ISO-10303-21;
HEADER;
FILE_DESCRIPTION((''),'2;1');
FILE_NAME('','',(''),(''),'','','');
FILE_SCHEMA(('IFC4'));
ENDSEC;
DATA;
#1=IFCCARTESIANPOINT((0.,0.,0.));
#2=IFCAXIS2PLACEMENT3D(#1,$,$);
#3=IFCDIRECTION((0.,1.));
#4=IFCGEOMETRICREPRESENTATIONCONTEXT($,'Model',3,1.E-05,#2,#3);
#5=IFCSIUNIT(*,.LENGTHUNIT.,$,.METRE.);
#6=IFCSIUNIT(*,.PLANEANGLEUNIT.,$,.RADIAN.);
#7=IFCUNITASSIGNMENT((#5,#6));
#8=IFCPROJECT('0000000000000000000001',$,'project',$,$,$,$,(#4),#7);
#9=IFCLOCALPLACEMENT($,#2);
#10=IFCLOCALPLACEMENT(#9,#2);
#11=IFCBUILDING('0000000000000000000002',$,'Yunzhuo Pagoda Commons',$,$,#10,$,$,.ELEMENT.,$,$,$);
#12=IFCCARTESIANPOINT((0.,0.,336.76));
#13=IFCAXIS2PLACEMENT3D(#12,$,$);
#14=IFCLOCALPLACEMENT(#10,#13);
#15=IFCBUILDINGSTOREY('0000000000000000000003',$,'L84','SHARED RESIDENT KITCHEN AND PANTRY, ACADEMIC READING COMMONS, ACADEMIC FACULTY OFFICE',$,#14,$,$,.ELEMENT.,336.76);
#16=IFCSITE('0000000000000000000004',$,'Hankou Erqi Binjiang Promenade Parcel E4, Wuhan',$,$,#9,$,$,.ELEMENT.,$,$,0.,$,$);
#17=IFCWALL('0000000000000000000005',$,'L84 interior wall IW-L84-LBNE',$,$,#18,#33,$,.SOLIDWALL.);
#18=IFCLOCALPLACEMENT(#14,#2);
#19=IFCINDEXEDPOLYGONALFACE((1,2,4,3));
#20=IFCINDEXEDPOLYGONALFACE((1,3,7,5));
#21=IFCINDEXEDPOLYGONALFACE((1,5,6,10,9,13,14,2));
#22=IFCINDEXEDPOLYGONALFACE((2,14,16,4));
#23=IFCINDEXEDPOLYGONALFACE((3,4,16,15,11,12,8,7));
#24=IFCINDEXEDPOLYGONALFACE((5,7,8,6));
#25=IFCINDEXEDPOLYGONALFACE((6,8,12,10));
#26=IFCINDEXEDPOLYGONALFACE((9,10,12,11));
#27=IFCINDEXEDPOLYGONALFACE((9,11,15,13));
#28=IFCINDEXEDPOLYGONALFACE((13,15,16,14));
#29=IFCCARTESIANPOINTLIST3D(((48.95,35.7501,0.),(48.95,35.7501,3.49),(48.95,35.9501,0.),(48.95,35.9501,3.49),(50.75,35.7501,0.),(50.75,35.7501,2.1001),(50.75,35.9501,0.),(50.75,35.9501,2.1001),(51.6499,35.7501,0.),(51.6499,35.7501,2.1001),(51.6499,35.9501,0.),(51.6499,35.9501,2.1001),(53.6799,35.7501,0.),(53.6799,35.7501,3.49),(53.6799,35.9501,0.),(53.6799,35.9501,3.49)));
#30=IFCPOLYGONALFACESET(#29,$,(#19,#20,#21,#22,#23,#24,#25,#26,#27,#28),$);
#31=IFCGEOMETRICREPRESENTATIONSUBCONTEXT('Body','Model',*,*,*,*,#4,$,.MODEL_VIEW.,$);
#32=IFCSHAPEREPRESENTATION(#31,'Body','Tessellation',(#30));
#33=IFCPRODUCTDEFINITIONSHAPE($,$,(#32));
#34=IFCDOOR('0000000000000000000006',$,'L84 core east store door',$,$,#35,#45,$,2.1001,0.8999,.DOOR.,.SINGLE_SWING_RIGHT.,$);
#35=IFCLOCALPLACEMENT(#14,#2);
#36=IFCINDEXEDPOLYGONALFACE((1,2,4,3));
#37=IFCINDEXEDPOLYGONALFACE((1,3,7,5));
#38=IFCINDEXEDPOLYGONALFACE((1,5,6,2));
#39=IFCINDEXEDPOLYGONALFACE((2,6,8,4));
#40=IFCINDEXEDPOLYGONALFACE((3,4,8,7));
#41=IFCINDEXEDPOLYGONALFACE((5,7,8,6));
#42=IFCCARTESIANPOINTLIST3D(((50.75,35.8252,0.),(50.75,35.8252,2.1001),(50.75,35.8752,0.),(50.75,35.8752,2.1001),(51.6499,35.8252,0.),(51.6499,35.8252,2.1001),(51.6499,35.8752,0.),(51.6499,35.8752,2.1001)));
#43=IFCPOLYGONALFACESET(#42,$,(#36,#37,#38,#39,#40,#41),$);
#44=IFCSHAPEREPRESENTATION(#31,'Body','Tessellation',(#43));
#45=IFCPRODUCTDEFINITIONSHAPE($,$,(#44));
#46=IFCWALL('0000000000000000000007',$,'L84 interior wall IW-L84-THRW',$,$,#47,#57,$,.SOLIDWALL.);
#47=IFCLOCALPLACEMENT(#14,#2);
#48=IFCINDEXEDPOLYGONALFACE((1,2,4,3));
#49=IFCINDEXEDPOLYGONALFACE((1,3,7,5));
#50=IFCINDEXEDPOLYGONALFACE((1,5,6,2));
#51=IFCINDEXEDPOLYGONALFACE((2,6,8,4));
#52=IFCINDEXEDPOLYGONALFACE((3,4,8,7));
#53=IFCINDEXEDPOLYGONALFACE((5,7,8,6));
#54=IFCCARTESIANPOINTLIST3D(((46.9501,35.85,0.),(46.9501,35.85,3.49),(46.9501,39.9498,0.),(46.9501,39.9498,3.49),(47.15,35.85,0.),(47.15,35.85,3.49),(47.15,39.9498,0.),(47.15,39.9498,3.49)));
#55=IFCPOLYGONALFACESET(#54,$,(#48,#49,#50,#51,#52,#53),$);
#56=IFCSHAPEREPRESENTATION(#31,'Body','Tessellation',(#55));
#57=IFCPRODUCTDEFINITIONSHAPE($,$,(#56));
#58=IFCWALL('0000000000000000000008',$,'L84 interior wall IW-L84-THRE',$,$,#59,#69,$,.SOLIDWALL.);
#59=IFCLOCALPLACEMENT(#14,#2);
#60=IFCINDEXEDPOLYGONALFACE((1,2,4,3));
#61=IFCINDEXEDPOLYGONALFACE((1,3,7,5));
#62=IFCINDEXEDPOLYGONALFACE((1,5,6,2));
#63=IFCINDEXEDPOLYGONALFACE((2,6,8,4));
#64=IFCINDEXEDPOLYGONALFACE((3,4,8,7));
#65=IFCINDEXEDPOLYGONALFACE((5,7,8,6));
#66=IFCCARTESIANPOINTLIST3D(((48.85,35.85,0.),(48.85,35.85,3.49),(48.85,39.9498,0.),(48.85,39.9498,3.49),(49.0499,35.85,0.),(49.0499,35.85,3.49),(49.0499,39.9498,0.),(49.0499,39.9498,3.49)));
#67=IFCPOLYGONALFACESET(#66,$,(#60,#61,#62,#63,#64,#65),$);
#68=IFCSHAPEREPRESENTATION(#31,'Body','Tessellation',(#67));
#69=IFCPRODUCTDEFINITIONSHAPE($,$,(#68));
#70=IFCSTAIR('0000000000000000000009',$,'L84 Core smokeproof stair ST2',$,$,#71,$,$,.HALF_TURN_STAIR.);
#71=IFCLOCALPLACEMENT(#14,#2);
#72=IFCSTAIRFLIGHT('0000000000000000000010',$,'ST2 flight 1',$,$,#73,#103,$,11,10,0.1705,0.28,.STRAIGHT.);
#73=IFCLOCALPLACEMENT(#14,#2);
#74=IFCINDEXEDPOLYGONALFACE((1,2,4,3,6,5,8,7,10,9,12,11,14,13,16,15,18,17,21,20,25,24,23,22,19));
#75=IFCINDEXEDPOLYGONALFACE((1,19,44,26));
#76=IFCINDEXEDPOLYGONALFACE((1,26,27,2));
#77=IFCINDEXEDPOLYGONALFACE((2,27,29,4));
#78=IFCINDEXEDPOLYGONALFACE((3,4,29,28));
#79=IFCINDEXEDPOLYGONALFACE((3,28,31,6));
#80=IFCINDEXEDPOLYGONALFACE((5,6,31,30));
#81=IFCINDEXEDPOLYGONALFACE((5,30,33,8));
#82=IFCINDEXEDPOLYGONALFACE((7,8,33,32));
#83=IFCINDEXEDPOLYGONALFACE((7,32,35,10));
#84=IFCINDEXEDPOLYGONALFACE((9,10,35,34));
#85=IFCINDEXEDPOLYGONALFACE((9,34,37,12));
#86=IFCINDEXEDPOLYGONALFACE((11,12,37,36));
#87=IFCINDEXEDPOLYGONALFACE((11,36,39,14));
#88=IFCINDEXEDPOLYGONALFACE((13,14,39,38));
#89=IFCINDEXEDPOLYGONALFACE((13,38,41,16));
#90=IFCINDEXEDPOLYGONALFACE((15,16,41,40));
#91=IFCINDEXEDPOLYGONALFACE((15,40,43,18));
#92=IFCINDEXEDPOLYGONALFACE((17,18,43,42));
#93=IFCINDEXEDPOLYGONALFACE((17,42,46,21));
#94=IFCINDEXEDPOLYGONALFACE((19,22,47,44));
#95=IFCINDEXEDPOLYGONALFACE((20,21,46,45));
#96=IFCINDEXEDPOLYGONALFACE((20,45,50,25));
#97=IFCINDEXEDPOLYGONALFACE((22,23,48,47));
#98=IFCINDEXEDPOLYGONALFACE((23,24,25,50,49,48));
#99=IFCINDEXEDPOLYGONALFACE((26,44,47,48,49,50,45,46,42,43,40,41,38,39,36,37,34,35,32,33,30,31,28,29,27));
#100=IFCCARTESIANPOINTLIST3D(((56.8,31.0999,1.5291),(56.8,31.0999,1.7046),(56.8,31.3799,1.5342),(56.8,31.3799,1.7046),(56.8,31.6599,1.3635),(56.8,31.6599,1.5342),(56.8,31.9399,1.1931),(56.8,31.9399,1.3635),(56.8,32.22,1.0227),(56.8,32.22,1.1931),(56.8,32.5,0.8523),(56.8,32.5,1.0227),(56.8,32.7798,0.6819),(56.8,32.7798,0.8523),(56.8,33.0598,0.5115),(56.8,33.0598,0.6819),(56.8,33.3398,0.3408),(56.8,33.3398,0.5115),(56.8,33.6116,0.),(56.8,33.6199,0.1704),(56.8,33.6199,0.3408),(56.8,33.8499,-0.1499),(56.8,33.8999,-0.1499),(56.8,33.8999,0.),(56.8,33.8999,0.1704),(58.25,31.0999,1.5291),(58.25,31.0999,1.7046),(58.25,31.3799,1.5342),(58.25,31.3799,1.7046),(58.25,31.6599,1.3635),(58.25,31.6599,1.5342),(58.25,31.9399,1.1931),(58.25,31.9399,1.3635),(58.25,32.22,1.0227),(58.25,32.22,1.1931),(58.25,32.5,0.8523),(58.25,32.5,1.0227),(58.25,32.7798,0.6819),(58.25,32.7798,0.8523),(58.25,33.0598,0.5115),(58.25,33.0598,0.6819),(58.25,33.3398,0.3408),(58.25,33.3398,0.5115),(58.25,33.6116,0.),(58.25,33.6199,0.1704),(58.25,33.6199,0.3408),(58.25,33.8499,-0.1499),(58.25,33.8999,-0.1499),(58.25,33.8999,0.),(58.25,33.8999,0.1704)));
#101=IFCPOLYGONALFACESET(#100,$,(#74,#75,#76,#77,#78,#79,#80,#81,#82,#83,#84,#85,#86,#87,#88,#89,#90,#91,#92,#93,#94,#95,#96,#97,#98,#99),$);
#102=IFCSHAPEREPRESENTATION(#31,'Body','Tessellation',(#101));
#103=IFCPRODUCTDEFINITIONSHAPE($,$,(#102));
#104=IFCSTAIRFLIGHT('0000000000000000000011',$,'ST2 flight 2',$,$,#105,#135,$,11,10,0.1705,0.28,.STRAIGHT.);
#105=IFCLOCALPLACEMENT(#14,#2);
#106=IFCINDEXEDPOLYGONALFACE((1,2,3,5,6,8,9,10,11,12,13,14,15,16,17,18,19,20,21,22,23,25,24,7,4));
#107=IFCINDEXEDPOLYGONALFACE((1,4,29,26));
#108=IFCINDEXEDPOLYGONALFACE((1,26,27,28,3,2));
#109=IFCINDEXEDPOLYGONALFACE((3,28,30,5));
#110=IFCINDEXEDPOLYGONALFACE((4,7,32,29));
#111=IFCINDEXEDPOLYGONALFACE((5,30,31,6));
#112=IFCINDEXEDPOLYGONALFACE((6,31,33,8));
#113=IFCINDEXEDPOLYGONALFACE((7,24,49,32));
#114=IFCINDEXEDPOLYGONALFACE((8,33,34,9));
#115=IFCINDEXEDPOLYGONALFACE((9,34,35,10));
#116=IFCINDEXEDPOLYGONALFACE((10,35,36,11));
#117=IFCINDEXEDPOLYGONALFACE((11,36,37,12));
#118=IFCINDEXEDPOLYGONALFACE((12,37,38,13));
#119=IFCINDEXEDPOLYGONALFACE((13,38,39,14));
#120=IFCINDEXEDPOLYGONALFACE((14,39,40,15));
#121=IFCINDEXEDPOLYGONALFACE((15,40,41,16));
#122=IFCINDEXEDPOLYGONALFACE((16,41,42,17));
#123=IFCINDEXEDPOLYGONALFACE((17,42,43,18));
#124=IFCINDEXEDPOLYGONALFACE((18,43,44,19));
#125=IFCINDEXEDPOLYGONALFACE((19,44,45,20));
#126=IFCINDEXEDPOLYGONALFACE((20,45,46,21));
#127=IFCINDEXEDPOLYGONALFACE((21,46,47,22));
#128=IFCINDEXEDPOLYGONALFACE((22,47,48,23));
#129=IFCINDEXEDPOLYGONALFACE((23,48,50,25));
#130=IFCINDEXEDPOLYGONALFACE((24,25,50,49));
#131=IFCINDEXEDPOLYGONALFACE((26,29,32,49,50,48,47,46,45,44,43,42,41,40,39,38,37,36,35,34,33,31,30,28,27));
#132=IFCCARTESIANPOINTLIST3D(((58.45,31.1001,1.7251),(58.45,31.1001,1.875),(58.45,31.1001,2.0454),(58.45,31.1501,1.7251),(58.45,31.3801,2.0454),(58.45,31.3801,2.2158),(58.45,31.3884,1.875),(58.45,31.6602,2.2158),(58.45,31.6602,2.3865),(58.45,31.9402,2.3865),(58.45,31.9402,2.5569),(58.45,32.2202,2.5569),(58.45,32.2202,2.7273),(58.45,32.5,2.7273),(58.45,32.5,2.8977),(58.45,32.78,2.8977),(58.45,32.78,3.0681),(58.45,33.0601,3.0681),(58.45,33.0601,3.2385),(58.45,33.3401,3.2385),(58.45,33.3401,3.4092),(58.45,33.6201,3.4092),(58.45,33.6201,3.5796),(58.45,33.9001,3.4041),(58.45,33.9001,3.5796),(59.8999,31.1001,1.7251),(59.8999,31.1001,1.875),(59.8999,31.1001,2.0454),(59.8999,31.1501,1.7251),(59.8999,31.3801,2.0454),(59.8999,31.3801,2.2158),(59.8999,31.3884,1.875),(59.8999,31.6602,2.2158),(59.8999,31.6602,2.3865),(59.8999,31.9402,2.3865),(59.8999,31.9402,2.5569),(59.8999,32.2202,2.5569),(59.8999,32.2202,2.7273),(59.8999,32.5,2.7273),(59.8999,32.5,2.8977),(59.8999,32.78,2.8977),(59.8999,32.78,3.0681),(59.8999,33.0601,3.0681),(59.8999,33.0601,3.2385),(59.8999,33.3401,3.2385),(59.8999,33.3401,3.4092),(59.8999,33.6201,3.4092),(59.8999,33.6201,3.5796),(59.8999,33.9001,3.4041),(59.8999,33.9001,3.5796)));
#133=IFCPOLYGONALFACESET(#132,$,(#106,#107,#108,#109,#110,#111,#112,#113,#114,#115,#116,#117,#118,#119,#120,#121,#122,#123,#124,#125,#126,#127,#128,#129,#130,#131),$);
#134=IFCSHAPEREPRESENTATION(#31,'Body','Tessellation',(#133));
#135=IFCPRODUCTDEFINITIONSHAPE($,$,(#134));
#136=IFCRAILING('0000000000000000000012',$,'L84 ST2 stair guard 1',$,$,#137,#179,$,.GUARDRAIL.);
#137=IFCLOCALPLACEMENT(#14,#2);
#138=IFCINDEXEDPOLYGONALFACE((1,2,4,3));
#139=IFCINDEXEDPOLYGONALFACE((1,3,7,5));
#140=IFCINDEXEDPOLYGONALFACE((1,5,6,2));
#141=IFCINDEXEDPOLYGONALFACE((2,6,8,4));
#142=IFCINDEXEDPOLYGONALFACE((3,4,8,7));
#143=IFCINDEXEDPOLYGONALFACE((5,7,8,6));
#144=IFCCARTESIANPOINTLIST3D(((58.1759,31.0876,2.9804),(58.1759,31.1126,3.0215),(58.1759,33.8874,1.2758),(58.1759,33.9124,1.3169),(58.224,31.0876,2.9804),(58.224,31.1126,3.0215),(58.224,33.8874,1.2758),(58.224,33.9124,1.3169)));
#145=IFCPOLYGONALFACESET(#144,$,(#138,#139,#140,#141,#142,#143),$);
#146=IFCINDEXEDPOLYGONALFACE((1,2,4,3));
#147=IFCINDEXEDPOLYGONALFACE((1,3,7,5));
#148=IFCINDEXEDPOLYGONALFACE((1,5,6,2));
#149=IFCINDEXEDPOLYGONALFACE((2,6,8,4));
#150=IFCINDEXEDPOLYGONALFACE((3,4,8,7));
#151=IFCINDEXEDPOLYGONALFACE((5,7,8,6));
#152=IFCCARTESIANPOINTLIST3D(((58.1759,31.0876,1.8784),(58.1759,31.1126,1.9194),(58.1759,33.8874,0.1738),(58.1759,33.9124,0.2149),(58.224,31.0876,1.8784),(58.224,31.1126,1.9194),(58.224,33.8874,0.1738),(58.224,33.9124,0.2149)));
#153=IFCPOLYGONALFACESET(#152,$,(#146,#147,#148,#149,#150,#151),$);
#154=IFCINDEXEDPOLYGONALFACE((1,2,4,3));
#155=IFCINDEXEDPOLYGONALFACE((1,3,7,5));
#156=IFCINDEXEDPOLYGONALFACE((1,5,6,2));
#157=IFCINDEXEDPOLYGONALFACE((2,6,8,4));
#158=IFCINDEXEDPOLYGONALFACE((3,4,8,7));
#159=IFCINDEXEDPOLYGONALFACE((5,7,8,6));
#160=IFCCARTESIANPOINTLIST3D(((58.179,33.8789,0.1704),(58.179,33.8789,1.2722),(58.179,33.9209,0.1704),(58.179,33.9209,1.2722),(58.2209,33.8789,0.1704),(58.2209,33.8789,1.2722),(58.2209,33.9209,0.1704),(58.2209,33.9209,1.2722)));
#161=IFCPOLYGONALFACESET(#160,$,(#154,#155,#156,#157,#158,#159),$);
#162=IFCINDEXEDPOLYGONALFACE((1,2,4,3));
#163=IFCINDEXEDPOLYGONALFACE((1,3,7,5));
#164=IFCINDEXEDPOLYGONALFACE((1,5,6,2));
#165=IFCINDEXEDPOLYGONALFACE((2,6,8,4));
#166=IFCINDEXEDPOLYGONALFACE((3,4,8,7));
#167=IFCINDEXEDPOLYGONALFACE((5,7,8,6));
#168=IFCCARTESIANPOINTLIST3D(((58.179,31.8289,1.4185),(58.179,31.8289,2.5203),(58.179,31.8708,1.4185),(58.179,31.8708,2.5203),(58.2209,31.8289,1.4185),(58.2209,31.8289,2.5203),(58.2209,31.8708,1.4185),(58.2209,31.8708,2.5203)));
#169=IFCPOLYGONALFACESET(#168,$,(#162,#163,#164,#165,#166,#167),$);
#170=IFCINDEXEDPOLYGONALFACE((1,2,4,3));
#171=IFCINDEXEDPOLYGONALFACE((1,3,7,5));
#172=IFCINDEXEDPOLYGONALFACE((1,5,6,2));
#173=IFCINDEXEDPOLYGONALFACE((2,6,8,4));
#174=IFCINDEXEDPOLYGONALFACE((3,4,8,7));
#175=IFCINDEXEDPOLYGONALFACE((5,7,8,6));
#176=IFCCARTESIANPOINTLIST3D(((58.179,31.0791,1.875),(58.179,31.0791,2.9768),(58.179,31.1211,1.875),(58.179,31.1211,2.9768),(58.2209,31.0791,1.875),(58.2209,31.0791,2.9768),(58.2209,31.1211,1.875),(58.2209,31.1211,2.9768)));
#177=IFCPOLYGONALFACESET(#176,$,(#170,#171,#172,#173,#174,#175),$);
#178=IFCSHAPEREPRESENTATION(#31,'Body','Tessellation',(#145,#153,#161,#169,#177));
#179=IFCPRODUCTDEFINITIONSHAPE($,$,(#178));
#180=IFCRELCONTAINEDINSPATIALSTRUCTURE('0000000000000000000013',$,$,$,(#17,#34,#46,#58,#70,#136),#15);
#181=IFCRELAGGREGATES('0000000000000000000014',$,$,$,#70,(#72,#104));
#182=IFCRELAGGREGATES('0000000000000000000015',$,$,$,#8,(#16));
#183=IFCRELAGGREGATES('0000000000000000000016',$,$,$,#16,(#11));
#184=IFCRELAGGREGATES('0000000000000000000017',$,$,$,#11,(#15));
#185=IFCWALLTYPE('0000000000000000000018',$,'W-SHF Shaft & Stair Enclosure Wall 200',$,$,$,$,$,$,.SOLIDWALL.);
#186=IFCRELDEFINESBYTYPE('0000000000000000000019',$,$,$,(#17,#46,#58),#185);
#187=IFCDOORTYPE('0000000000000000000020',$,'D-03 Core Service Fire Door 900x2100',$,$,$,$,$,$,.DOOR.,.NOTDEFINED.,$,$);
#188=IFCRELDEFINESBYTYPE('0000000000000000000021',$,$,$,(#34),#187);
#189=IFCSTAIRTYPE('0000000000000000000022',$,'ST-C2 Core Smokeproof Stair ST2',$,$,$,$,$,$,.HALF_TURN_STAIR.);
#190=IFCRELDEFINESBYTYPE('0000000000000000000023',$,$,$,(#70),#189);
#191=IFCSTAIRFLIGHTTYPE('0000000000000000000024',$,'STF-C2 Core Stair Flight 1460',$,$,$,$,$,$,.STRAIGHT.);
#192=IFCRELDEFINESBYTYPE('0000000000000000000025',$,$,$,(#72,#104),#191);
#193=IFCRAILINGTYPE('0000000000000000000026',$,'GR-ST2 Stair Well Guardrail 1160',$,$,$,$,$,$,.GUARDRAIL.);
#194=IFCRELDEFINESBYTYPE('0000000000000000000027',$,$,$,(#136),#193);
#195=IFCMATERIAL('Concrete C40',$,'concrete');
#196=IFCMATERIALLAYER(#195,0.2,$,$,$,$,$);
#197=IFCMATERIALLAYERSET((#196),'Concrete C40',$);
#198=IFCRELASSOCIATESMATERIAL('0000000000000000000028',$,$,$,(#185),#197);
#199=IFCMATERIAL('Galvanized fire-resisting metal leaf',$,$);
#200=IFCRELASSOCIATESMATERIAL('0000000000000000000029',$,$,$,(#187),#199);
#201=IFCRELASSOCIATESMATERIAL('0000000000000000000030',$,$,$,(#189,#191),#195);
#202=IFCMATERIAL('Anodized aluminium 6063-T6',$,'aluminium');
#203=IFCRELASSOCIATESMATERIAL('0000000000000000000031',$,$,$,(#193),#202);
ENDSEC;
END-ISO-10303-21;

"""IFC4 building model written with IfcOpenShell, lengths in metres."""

from ifc_helpers import new_model, si_unit, direction, frame, frame_2d, origin, origin_2d, place, context, subcontext, project, spatial, polyline, rectangle, outline, extrude, source, transform, mapped, material, layer, layer_set, type_object, element, fill, aggregate, save


model = new_model("IFC4")

# Units and contexts
model_context = context("Model", 3, precision=1e-05, world=origin(), true_north=direction((0.0, 1.0)))
body_context = subcontext(model_context, "Body", "Model", "MODEL_VIEW")
ifc_project = project(units=[si_unit("LENGTHUNIT", "METRE"), si_unit("PLANEANGLEUNIT", "RADIAN")], contexts=[model_context])

# Site, building, storey
site_placement = place(None, origin())
site = spatial("IfcSite", under=ifc_project, at=site_placement, Name="Hankou Erqi Binjiang Promenade Parcel E4, Wuhan", CompositionType="ELEMENT", RefElevation=0.0)
building_placement = place(site_placement, origin())
building = spatial("IfcBuilding", under=site, at=building_placement, Name="Yunzhuo Pagoda Commons", CompositionType="ELEMENT")
storey_placement = place(building_placement, frame((0.0, 0.0, 336.76)))
storey = spatial("IfcBuildingStorey", under=building, at=storey_placement, Name="L84", Description="SHARED RESIDENT KITCHEN AND PANTRY, ACADEMIC READING COMMONS, ACADEMIC FACULTY OFFICE", CompositionType="ELEMENT", Elevation=336.76)

# Shared definitions
ifc_material_1 = material(Name="Galvanized fire-resisting metal leaf")

# Shared definitions
ifc_material_2 = material(Name="Concrete C40", Category="concrete")
ifc_layer_1 = layer(ifc_material_2, 0.2)
ifc_layer_set_1 = layer_set([ifc_layer_1], Name="Concrete C40")
wall_type_1 = type_object("IfcWallType", Name="W-SHF Shaft & Stair Enclosure Wall 200", PredefinedType="SOLIDWALL", material=ifc_layer_set_1)

# Wall, opening, door
wall_1_placement = place(storey_placement, frame((48.95, 35.8501, 0.0), z_axis=(0.0, 0.0, 1.0), x_axis=(1.0, 0.0, 0.0)))
wall_1 = element("IfcWall", 1, at=wall_1_placement, inside=storey, type_object=wall_type_1, Name="L84 interior wall IW-L84-LBNE", PredefinedType="SOLIDWALL", context=body_context, shape_type="SweptSolid", body=[
    extrude(rectangle(XDim=4.73, YDim=0.2, at=frame_2d((2.365, 0.0))), origin(), (0.0, 0.0, 1.0), 3.49),
])
opening_1_placement = place(wall_1_placement, frame((1.8, 0.0, 0.0)))
opening_1 = element("IfcOpeningElement", 2, at=opening_1_placement, cuts=wall_1, PredefinedType="OPENING", context=body_context, shape_type="SweptSolid", body=[
    extrude(rectangle(XDim=0.8999, YDim=2.1001, at=frame_2d((0.45, 1.05))), frame((0.0, 0.1099, 0.0), z_axis=(0.0, -1.0, 0.0), x_axis=(1.0, 0.0, 0.0)), (0.0, 0.0, 1.0), 0.22),
])
door_type_1 = type_object("IfcDoorType", Name="D-03 Core Service Fire Door 900x2100", OperationType="NOTDEFINED", PredefinedType="DOOR", material=ifc_material_1)
shared_shape_1 = source(origin(), body_context, "Body", "SweptSolid", [
    extrude(rectangle(XDim=0.8999, YDim=2.1001, at=frame_2d((0.45, 1.05))), frame((0.0, 0.0249, 0.0), z_axis=(0.0, -1.0, 0.0), x_axis=(1.0, 0.0, 0.0)), (0.0, 0.0, 1.0), 0.05),
])
door_1_placement = place(opening_1_placement, frame((0.8999, 0.0, 0.0), z_axis=(0.0, 0.0, 1.0), x_axis=(-1.0, 0.0, 0.0)))
door_1 = element("IfcDoor", 3, at=door_1_placement, inside=storey, type_object=door_type_1, Name="L84 core east store door", OperationType="SINGLE_SWING_RIGHT", OverallHeight=2.1001, OverallWidth=0.8999, PredefinedType="DOOR", context=body_context, shape_type="MappedRepresentation", body=[
    mapped(shared_shape_1, transform((0.0, 0.0, 0.0), scale=1.0)),
])
fill(opening_1, door_1)

# Walls
for number, where, z_axis, x_axis, name in (
    (4, (47.05, 35.8501, 0.0), (0.0, 0.0, 1.0), (0.0, 1.0, 0.0), "L84 interior wall IW-L84-THRW"),
    (5, (48.95, 35.8501, 0.0), (0.0, 0.0, 1.0), (0.0, 1.0, 0.0), "L84 interior wall IW-L84-THRE"),
):
    element("IfcWall", number, at=place(storey_placement, frame(where, z_axis=z_axis, x_axis=x_axis)), inside=storey, type_object=wall_type_1, Name=name, PredefinedType="SOLIDWALL", context=body_context, shape_type="SweptSolid", body=[
        extrude(rectangle(XDim=4.0999, YDim=0.2, at=frame_2d((2.0498, 0.0))), origin(), (0.0, 0.0, 1.0), 3.49),
    ])

# Stair, stair flights
stair_type = type_object("IfcStairType", Name="ST-C2 Core Smokeproof Stair ST2", PredefinedType="HALF_TURN_STAIR", material=ifc_material_2)
stair_placement = place(storey_placement, origin())
stair = element("IfcStair", 6, at=stair_placement, inside=storey, type_object=stair_type, Name="L84 Core smokeproof stair ST2", PredefinedType="HALF_TURN_STAIR")
stair_flight_type = type_object("IfcStairFlightType", Name="STF-C2 Core Stair Flight 1460", PredefinedType="STRAIGHT", material=ifc_material_2)
shared_shape_2 = source(origin(), body_context, "Body", "SweptSolid", [
    extrude(outline(polyline([(0.0, -0.1499), (0.0, 0.0), (0.0, 0.1704), (0.28, 0.1704), (0.28, 0.3408), (0.5601, 0.3408), (0.5601, 0.5115), (0.8401, 0.5115), (0.8401, 0.6819), (1.1201, 0.6819), (1.1201, 0.8523), (1.3999, 0.8523), (1.3999, 1.0227), (1.6799, 1.0227), (1.6799, 1.1931), (1.96, 1.1931), (1.96, 1.3635), (2.24, 1.3635), (2.24, 1.5342), (2.52, 1.5342), (2.52, 1.7046), (2.8, 1.7046), (2.8, 1.875), (2.8, 1.5291), (0.2883, 0.0), (0.05, -0.1499), (0.0, -0.1499)])), frame((0.0, 0.7251, 0.0), z_axis=(0.0, -1.0, 0.0), x_axis=(1.0, 0.0, 0.0)), (0.0, 0.0, 1.0), 1.45),
])
stair_flight_1_placement = place(storey_placement, frame((57.5249, 33.8999, 0.0), z_axis=(0.0, 0.0, 1.0), x_axis=(0.0, -1.0, 0.0)))
stair_flight_1 = element("IfcStairFlight", 7, at=stair_flight_1_placement, type_object=stair_flight_type, Name="ST2 flight 1", NumberOfRisers=11, NumberOfTreads=10, PredefinedType="STRAIGHT", RiserHeight=0.1705, TreadLength=0.28, context=body_context, shape_type="MappedRepresentation", body=[
    mapped(shared_shape_2, transform((0.0, 0.0, 0.0), scale=1.0)),
])
stair_flight_2_placement = place(storey_placement, frame((59.175, 31.1001, 1.875), z_axis=(0.0, 0.0, 1.0), x_axis=(0.0, 1.0, 0.0)))
stair_flight_2 = element("IfcStairFlight", 8, at=stair_flight_2_placement, type_object=stair_flight_type, Name="ST2 flight 2", NumberOfRisers=11, NumberOfTreads=10, PredefinedType="STRAIGHT", RiserHeight=0.1705, TreadLength=0.28, context=body_context, shape_type="MappedRepresentation", body=[
    mapped(shared_shape_2, transform((0.0, 0.0, 0.0), scale=1.0)),
])
aggregate(stair, [stair_flight_1, stair_flight_2])

# Railing
ifc_material_3 = material(Name="Anodized aluminium 6063-T6", Category="aluminium")
railing_type_1 = type_object("IfcRailingType", Name="GR-ST2 Stair Well Guardrail 1160", PredefinedType="GUARDRAIL", material=ifc_material_3)
railing_1_placement = place(storey_placement, frame((58.2, 33.8999, 0.1704)))
element("IfcRailing", 9, at=railing_1_placement, inside=storey, type_object=railing_type_1, Name="L84 ST2 stair guard 1", PredefinedType="GUARDRAIL", context=body_context, shape_type="SweptSolid", body=[
    extrude(rectangle(XDim=0.0481, YDim=0.0481, at=origin_2d()), frame((0.0, 0.0, 1.126), z_axis=(0.0, -0.85415, 0.520027), x_axis=(1.0, 0.0, 0.0)), (0.0, 0.0, 1.0), 3.2778),
    extrude(rectangle(XDim=0.0481, YDim=0.0481, at=origin_2d()), frame((0.0, 0.0, 0.0239), z_axis=(0.0, -0.85415, 0.520027), x_axis=(1.0, 0.0, 0.0)), (0.0, 0.0, 1.0), 3.2778),
    extrude(rectangle(XDim=0.042, YDim=0.042, at=origin_2d()), origin(), (0.0, 0.0, 1.0), 1.1018),
    extrude(rectangle(XDim=0.042, YDim=0.042, at=origin_2d()), frame((0.0, -2.05, 1.248)), (0.0, 0.0, 1.0), 1.1018),
    extrude(rectangle(XDim=0.042, YDim=0.042, at=origin_2d()), frame((0.0, -2.7998, 1.7046)), (0.0, 0.0, 1.0), 1.1018),
])

save(model, "model.ifc")
